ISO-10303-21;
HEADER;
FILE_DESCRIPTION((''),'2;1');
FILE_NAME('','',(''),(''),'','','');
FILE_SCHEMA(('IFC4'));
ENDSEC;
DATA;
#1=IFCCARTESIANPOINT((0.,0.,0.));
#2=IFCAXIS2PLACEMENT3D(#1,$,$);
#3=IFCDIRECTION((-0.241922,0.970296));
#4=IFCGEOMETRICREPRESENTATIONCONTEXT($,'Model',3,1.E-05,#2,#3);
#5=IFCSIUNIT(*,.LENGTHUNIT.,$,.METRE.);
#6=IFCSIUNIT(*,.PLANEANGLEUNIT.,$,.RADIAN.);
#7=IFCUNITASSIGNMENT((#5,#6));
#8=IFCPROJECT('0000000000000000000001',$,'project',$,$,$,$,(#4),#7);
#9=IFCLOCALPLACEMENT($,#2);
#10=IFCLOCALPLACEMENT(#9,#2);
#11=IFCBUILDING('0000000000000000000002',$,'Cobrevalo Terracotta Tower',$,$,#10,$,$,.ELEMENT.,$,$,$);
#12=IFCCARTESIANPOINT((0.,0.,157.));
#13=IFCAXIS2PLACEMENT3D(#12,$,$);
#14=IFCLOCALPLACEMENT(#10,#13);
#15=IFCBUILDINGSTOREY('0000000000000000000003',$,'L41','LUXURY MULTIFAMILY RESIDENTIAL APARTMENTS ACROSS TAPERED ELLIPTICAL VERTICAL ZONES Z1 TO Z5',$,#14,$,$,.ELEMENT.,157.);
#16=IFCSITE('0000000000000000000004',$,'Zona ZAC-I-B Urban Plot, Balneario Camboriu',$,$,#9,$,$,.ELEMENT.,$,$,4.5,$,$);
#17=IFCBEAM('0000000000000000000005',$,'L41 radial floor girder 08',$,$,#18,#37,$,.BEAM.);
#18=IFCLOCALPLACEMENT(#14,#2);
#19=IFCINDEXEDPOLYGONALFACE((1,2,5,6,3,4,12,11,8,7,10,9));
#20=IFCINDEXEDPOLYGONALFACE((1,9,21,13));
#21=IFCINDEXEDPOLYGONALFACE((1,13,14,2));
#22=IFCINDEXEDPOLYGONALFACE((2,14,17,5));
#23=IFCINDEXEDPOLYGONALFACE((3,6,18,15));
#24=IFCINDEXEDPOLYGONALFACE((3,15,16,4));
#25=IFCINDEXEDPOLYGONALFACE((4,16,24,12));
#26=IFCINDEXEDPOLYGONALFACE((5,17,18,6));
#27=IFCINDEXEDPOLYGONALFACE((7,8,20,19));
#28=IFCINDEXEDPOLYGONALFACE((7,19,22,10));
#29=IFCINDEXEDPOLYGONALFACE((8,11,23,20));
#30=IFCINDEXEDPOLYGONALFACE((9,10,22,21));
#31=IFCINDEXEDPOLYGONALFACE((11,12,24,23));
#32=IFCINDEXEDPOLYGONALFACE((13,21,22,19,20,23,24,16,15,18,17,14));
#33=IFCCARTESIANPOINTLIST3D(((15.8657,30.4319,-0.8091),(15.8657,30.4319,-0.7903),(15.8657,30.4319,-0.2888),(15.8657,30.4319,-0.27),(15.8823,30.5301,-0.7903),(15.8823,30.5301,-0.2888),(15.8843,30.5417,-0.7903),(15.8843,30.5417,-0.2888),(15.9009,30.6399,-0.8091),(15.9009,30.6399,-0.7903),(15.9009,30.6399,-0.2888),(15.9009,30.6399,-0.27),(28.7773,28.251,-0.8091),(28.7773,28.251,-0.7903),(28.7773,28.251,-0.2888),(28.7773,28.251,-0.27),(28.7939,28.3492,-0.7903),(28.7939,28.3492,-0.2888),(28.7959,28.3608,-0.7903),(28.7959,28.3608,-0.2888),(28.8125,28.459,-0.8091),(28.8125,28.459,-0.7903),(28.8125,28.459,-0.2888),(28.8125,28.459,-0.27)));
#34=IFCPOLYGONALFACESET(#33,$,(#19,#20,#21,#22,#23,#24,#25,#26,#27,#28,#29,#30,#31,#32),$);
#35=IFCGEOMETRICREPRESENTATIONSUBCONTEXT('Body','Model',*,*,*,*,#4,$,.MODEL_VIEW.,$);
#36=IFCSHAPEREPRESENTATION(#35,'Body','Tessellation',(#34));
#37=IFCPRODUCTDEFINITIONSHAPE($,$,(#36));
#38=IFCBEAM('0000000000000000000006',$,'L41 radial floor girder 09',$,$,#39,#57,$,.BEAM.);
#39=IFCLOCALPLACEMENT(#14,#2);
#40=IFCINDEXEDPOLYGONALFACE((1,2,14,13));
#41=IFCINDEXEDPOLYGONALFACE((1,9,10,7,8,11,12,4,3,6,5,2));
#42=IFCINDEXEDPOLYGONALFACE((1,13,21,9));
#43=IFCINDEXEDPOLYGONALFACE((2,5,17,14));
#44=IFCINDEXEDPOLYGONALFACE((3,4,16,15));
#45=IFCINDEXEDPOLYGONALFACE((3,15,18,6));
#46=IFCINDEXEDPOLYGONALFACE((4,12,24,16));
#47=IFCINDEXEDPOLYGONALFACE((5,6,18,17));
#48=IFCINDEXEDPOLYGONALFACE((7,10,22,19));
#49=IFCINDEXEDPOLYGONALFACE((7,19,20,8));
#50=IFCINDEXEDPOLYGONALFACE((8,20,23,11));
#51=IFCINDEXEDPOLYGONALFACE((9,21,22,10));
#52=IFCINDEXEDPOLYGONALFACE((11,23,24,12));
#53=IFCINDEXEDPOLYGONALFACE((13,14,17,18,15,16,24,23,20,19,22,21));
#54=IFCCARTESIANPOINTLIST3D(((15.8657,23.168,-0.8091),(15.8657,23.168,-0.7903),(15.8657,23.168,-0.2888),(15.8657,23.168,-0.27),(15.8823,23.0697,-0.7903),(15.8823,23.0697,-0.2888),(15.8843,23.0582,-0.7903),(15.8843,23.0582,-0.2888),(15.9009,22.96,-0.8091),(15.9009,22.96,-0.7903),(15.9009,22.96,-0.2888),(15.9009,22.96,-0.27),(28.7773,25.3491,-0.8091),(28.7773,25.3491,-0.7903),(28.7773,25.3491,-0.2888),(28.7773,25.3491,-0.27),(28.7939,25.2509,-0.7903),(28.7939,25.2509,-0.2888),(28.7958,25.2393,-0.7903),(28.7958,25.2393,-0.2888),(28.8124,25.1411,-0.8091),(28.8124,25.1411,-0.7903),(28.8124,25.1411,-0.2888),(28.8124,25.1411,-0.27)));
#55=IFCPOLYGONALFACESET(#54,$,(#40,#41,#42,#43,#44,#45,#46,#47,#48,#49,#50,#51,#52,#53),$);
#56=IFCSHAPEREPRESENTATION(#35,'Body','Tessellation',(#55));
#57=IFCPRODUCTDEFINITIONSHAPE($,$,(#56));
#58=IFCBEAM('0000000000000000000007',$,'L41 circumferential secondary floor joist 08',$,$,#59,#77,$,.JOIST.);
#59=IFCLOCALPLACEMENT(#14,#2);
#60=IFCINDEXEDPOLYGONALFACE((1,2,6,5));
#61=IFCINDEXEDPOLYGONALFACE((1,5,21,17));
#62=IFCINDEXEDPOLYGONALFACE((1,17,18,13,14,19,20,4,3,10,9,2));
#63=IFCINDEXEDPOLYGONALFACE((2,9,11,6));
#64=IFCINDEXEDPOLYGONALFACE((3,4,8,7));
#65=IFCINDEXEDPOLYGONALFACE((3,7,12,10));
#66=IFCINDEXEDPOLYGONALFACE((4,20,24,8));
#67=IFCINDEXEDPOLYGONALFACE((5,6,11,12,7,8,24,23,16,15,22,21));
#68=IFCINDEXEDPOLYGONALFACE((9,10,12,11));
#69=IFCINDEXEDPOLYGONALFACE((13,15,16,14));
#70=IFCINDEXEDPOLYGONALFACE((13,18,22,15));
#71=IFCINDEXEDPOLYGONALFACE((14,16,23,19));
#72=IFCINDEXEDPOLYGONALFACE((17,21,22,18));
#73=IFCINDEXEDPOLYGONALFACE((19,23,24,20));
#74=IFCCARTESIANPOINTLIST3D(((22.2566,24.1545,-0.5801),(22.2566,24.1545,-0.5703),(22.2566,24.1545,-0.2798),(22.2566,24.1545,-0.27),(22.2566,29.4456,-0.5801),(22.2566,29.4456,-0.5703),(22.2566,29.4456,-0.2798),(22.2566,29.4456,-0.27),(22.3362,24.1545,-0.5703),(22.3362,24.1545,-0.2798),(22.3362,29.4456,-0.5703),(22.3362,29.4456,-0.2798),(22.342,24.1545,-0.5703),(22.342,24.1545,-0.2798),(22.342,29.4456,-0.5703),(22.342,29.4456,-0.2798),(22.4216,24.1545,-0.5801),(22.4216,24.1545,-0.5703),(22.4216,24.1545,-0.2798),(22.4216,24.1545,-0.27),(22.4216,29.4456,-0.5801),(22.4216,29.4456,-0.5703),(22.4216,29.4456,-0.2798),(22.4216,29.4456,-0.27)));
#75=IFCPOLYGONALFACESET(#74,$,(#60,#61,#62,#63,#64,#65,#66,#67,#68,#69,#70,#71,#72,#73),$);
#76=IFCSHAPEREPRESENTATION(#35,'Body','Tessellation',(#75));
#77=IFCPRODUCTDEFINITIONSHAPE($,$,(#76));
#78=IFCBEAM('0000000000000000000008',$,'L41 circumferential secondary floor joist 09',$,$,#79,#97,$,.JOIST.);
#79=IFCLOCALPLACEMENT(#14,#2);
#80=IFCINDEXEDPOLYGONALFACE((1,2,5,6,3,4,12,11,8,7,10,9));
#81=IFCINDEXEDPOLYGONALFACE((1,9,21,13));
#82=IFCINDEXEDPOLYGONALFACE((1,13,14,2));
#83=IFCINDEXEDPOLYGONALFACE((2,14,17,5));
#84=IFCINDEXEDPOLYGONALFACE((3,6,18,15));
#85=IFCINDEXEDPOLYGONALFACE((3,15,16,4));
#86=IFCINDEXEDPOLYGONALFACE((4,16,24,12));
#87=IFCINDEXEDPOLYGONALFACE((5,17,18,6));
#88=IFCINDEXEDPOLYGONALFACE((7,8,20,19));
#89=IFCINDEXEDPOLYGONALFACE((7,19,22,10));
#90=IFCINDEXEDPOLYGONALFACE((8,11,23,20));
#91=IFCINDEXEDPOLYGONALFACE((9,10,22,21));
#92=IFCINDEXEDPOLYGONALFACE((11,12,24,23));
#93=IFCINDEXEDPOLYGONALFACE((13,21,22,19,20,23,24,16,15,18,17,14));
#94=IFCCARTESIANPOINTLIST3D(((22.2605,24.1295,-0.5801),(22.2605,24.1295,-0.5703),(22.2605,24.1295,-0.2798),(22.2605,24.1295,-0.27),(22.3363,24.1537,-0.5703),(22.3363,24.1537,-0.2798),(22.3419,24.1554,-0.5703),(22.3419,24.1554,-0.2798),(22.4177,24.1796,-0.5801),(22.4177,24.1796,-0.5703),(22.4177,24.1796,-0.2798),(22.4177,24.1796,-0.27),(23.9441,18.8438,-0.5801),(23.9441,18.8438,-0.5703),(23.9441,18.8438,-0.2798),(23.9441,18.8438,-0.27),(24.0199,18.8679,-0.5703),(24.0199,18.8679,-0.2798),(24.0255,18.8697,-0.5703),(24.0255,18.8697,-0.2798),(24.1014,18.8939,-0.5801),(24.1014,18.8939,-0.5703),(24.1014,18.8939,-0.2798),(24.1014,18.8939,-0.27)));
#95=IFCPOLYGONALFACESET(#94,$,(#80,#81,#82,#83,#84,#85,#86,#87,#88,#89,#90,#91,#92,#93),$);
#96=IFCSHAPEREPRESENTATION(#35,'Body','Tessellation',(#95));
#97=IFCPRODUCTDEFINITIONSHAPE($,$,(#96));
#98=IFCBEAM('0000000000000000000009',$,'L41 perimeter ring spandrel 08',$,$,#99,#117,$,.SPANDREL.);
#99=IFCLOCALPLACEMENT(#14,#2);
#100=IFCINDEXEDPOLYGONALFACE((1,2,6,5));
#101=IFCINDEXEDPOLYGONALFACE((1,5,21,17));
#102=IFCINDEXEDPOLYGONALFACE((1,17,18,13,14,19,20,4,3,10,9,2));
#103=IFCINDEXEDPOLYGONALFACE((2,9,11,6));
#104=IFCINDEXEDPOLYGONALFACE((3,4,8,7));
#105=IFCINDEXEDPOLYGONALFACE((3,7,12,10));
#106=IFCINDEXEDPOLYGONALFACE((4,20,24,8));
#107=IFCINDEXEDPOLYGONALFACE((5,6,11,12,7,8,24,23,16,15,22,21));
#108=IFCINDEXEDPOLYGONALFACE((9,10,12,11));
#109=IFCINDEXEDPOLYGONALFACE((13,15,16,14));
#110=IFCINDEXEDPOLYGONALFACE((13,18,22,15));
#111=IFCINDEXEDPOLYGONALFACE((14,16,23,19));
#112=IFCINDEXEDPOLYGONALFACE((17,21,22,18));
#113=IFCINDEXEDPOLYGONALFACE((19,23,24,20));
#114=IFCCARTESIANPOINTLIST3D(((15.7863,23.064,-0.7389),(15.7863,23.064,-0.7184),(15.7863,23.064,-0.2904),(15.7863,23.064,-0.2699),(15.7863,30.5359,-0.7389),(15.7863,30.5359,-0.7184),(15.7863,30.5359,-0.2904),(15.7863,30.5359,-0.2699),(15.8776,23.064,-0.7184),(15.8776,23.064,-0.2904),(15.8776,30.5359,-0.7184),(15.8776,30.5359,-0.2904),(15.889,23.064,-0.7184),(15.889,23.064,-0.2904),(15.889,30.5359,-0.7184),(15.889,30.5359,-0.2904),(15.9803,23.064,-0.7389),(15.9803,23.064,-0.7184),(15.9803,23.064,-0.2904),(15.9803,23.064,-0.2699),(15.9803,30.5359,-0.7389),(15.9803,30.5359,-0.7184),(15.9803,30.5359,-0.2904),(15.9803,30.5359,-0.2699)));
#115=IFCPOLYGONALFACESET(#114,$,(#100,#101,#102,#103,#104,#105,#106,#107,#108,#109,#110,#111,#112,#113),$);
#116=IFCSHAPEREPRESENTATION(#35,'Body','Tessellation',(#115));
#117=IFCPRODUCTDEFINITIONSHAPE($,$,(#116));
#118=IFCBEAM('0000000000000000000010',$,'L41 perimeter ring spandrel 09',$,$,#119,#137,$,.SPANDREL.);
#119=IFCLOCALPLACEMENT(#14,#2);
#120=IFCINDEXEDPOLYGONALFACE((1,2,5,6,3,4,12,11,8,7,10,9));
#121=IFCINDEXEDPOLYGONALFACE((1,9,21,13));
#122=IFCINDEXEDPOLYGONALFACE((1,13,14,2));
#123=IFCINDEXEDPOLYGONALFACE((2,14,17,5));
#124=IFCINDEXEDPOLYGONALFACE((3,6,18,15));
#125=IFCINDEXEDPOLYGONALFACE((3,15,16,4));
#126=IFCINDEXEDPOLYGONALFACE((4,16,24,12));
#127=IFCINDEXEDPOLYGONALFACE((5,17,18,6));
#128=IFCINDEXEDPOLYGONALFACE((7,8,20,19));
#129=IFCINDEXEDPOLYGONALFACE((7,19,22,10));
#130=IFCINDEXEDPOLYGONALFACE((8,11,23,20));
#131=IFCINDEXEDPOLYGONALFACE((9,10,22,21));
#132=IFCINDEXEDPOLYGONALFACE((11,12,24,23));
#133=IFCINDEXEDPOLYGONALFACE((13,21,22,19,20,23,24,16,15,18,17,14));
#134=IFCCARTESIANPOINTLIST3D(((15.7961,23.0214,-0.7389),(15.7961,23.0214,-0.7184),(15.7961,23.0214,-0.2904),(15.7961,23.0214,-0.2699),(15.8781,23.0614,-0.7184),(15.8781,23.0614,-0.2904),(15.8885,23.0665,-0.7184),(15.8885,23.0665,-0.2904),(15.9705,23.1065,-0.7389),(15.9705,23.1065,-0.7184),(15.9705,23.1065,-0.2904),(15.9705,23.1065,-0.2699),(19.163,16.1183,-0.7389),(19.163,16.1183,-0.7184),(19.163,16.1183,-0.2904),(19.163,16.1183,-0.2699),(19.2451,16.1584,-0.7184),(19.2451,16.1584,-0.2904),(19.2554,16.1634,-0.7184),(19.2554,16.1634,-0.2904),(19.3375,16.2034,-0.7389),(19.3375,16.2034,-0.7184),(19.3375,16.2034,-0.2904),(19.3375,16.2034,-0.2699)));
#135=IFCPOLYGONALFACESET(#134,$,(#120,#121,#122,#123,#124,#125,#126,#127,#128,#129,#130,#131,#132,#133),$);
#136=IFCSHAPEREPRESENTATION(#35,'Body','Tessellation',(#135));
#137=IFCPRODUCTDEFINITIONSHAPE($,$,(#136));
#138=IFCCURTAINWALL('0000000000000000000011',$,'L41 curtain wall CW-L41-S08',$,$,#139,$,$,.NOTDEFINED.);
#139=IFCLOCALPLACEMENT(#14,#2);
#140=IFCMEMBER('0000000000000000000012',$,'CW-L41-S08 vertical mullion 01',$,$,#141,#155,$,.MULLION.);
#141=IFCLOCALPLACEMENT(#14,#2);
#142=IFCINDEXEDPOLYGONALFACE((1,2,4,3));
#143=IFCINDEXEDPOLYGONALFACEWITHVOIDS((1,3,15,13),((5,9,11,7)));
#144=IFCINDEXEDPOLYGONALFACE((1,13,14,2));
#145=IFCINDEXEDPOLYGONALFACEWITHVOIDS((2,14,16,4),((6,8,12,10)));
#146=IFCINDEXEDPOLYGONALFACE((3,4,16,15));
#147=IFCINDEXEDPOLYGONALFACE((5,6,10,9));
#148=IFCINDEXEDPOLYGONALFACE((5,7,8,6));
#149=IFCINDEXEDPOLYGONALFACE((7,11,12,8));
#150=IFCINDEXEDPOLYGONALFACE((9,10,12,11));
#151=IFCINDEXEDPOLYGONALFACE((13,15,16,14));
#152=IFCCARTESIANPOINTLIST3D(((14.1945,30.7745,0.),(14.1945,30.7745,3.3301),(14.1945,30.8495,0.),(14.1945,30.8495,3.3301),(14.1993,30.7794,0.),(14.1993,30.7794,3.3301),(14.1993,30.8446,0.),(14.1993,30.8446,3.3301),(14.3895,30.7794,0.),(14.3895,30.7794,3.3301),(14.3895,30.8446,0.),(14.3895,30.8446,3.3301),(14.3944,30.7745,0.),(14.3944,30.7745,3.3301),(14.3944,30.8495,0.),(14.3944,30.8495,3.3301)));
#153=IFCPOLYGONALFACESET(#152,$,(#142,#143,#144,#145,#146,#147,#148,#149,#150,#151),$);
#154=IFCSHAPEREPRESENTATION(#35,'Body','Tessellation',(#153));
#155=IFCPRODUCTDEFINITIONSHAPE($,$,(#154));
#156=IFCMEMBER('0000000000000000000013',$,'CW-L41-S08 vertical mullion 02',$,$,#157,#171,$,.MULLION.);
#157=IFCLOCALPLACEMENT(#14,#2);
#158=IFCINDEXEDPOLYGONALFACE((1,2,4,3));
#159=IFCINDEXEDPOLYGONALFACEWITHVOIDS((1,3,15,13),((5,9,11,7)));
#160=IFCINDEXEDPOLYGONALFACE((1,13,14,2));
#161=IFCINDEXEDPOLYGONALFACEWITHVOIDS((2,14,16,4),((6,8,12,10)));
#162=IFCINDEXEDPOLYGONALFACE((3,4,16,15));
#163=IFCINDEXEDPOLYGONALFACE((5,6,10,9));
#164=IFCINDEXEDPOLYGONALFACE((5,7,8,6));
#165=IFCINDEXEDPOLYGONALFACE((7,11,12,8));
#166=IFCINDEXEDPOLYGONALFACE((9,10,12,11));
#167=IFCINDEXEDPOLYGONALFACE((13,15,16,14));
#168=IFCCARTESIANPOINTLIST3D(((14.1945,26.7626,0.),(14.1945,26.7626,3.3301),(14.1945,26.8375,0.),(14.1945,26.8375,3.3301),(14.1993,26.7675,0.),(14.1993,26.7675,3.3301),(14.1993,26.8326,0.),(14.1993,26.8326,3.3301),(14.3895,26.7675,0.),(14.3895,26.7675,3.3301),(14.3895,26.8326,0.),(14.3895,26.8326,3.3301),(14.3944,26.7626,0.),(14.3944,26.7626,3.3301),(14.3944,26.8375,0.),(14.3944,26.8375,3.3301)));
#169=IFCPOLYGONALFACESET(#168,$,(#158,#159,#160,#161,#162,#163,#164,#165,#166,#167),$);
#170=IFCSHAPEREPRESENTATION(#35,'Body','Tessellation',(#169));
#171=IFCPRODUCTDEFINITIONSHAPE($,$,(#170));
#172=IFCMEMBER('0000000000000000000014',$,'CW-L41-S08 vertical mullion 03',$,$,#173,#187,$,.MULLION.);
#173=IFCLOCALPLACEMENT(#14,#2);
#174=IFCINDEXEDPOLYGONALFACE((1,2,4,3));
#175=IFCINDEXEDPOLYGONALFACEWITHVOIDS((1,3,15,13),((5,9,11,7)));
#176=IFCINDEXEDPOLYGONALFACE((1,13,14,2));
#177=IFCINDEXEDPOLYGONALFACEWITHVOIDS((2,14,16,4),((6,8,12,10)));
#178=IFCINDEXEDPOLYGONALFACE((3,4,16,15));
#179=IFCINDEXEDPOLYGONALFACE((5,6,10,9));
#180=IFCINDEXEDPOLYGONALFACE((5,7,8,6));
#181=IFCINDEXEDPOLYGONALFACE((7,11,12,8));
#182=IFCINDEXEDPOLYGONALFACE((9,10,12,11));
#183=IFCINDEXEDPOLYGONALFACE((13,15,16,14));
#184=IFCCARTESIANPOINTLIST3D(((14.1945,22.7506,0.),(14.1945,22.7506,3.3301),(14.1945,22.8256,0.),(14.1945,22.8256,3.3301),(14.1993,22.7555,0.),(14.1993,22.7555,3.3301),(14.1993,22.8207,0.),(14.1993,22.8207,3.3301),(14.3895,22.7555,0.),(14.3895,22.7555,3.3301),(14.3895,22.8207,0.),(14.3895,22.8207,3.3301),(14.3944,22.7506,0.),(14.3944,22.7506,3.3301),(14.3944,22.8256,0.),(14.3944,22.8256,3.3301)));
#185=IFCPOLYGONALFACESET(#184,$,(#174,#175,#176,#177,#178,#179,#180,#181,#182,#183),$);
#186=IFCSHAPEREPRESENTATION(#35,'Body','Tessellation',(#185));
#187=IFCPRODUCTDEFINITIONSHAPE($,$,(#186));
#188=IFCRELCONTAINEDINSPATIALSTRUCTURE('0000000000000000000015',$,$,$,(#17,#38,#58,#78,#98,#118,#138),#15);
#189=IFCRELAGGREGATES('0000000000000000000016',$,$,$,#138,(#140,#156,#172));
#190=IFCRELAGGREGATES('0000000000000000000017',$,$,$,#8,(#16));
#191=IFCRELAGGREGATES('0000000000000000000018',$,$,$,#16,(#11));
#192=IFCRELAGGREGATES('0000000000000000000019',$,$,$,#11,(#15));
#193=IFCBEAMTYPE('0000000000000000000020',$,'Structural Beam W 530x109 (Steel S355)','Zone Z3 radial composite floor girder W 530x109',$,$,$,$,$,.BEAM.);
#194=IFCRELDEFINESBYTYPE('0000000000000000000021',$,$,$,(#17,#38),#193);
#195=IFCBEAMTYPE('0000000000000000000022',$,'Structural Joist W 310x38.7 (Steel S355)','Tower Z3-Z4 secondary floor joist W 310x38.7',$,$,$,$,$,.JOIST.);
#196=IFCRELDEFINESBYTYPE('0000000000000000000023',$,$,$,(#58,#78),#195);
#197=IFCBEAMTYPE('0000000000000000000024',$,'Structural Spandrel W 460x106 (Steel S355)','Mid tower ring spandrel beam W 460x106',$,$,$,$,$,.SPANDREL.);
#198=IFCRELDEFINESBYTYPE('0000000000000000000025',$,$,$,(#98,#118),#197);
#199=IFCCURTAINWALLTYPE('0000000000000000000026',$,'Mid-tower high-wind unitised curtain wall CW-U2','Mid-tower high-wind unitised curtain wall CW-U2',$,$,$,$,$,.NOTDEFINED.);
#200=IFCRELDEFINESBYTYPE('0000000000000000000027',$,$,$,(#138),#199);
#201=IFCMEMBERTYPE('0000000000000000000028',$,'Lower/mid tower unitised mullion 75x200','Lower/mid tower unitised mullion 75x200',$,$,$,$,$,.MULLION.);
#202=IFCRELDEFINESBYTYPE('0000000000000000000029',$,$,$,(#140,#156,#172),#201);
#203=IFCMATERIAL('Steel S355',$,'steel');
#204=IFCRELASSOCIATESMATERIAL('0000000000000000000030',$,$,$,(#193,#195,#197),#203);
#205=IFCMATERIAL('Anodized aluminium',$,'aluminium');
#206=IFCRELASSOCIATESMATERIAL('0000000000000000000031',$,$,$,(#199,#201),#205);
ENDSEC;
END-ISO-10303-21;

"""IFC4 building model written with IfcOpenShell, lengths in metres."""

from ifc_helpers import new_model, si_unit, direction, frame, origin, origin_2d, place, context, subcontext, project, spatial, hollow_rectangle, i_section, extrude, source, transform, mapped, material, material_profile, profile_set, type_object, element, aggregate, save


model = new_model("IFC4")

# Units and contexts
model_context = context("Model", 3, precision=1e-05, world=origin(), true_north=direction((-0.241922, 0.970296)))
body_context = subcontext(model_context, "Body", "Model", "MODEL_VIEW")
ifc_project = project(units=[si_unit("LENGTHUNIT", "METRE"), si_unit("PLANEANGLEUNIT", "RADIAN")], contexts=[model_context])

# Site, building, storey
site_placement = place(None, origin())
site = spatial("IfcSite", under=ifc_project, at=site_placement, Name="Zona ZAC-I-B Urban Plot, Balneario Camboriu", CompositionType="ELEMENT", RefElevation=4.5)
building_placement = place(site_placement, origin())
building = spatial("IfcBuilding", under=site, at=building_placement, Name="Cobrevalo Terracotta Tower", CompositionType="ELEMENT")
storey_placement = place(building_placement, frame((0.0, 0.0, 157.0)))
storey = spatial("IfcBuildingStorey", under=building, at=storey_placement, Name="L41", Description="LUXURY MULTIFAMILY RESIDENTIAL APARTMENTS ACROSS TAPERED ELLIPTICAL VERTICAL ZONES Z1 TO Z5", CompositionType="ELEMENT", Elevation=157.0)

# Shared definitions
ifc_material_1 = material(Name="Steel S355", Category="steel")

# Beams
ifc_material_profile_1 = material_profile(ifc_material_1, i_section(OverallWidth=0.2109, OverallDepth=0.5391, WebThickness=0.0117, FlangeThickness=0.0188, at=origin_2d()), Name="W 530x109")
ifc_profile_set_1 = profile_set([ifc_material_profile_1], Name="Steel S355")
beam_type_1 = type_object("IfcBeamType", Name="Structural Beam W 530x109 (Steel S355)", Description="Zone Z3 radial composite floor girder W 530x109", PredefinedType="BEAM", material=ifc_profile_set_1)
for number, where, z_axis, x_axis, name in (
    (1, (15.8833, 30.5359, -0.5396), (0.986033, -0.166551, 0.0), (0.166551, 0.986033, 0.0), "L41 radial floor girder 08"),
    (2, (15.8833, 23.064, -0.5396), (0.98603, 0.166569, 0.0), (-0.166569, 0.98603, 0.0), "L41 radial floor girder 09"),
):
    element("IfcBeam", number, at=place(storey_placement, frame(where, z_axis=z_axis, x_axis=x_axis)), inside=storey, type_object=beam_type_1, Name=name, PredefinedType="BEAM", context=body_context, shape_type="SweptSolid", body=[
        extrude(i_section(OverallWidth=0.2109, OverallDepth=0.5391, WebThickness=0.0117, FlangeThickness=0.0188, at=origin_2d()), origin(), (0.0, 0.0, 1.0), 13.0945),
    ])
ifc_material_profile_2 = material_profile(ifc_material_1, i_section(OverallWidth=0.165, OverallDepth=0.3101, WebThickness=0.0059, FlangeThickness=0.0098, at=origin_2d()), Name="W 310x38.7")
ifc_profile_set_2 = profile_set([ifc_material_profile_2], Name="Steel S355")
beam_type_2 = type_object("IfcBeamType", Name="Structural Joist W 310x38.7 (Steel S355)", Description="Tower Z3-Z4 secondary floor joist W 310x38.7", PredefinedType="JOIST", material=ifc_profile_set_2)
beam_1_placement = place(storey_placement, frame((22.3391, 29.4456, -0.425), z_axis=(0.0, -1.0, 0.0), x_axis=(1.0, 0.0, 0.0)))
element("IfcBeam", 3, at=beam_1_placement, inside=storey, type_object=beam_type_2, Name="L41 circumferential secondary floor joist 08", PredefinedType="JOIST", context=body_context, shape_type="SweptSolid", body=[
    extrude(i_section(OverallWidth=0.165, OverallDepth=0.3101, WebThickness=0.0059, FlangeThickness=0.0098, at=origin_2d()), origin(), (0.0, 0.0, 1.0), 5.291),
])
beam_2_placement = place(storey_placement, frame((22.3391, 24.1545, -0.425), z_axis=(0.303498, -0.952832, 0.0), x_axis=(0.952832, 0.303498, 0.0)))
element("IfcBeam", 4, at=beam_2_placement, inside=storey, type_object=beam_type_2, Name="L41 circumferential secondary floor joist 09", PredefinedType="JOIST", context=body_context, shape_type="SweptSolid", body=[
    extrude(i_section(OverallWidth=0.165, OverallDepth=0.3101, WebThickness=0.0059, FlangeThickness=0.0098, at=origin_2d()), origin(), (0.0, 0.0, 1.0), 5.5474),
])
ifc_material_profile_3 = material_profile(ifc_material_1, i_section(OverallWidth=0.1941, OverallDepth=0.469, WebThickness=0.0115, FlangeThickness=0.0205, at=origin_2d()), Name="W 460x106")
ifc_profile_set_3 = profile_set([ifc_material_profile_3], Name="Steel S355")
beam_type_3 = type_object("IfcBeamType", Name="Structural Spandrel W 460x106 (Steel S355)", Description="Mid tower ring spandrel beam W 460x106", PredefinedType="SPANDREL", material=ifc_profile_set_3)
beam_3_placement = place(storey_placement, frame((15.8833, 30.5359, -0.5044), z_axis=(0.0, -1.0, 0.0), x_axis=(1.0, 0.0, 0.0)))
element("IfcBeam", 5, at=beam_3_placement, inside=storey, type_object=beam_type_3, Name="L41 perimeter ring spandrel 08", PredefinedType="SPANDREL", context=body_context, shape_type="SweptSolid", body=[
    extrude(i_section(OverallWidth=0.1941, OverallDepth=0.469, WebThickness=0.0115, FlangeThickness=0.0205, at=origin_2d()), origin(), (0.0, 0.0, 1.0), 7.4719),
])
beam_4_placement = place(storey_placement, frame((15.8833, 23.064, -0.5044), z_axis=(0.43838, -0.89879, 0.0), x_axis=(0.89879, 0.43838, 0.0)))
element("IfcBeam", 6, at=beam_4_placement, inside=storey, type_object=beam_type_3, Name="L41 perimeter ring spandrel 09", PredefinedType="SPANDREL", context=body_context, shape_type="SweptSolid", body=[
    extrude(i_section(OverallWidth=0.1941, OverallDepth=0.469, WebThickness=0.0115, FlangeThickness=0.0205, at=origin_2d()), origin(), (0.0, 0.0, 1.0), 7.6804),
])

# Curtain wall, members
ifc_material_2 = material(Name="Anodized aluminium", Category="aluminium")
curtain_wall_type = type_object("IfcCurtainWallType", Name="Mid-tower high-wind unitised curtain wall CW-U2", Description="Mid-tower high-wind unitised curtain wall CW-U2", PredefinedType="NOTDEFINED", material=ifc_material_2)
curtain_wall_1_placement = place(storey_placement, origin())
curtain_wall_1 = element("IfcCurtainWall", 7, at=curtain_wall_1_placement, inside=storey, type_object=curtain_wall_type, Name="L41 curtain wall CW-L41-S08", PredefinedType="NOTDEFINED")
ifc_material_profile_4 = material_profile(ifc_material_2, hollow_rectangle(XDim=0.075, YDim=0.2, WallThickness=0.0049, at=origin_2d()), Name="CWM 75x200")
ifc_profile_set_4 = profile_set([ifc_material_profile_4], Name="Anodized aluminium")
member_type_1 = type_object("IfcMemberType", Name="Lower/mid tower unitised mullion 75x200", Description="Lower/mid tower unitised mullion 75x200", PredefinedType="MULLION", material=ifc_profile_set_4)
shared_shape_1 = source(origin(), body_context, "Body", "SweptSolid", [
    extrude(hollow_rectangle(XDim=0.075, YDim=0.2, WallThickness=0.0049, at=origin_2d()), origin(), (0.0, 0.0, 1.0), 3.3301),
])
member_1_placement = place(storey_placement, frame((14.2944, 30.812, 0.0), z_axis=(0.0, 0.0, 1.0), x_axis=(0.0, -1.0, 0.0)))
member_1 = element("IfcMember", 8, at=member_1_placement, type_object=member_type_1, Name="CW-L41-S08 vertical mullion 01", PredefinedType="MULLION", context=body_context, shape_type="MappedRepresentation", body=[
    mapped(shared_shape_1, transform((0.0, 0.0, 0.0), scale=1.0)),
])
member_2_placement = place(storey_placement, frame((14.2944, 26.8, 0.0), z_axis=(0.0, 0.0, 1.0), x_axis=(0.0, -1.0, 0.0)))
member_2 = element("IfcMember", 9, at=member_2_placement, type_object=member_type_1, Name="CW-L41-S08 vertical mullion 02", PredefinedType="MULLION", context=body_context, shape_type="MappedRepresentation", body=[
    mapped(shared_shape_1, transform((0.0, 0.0, 0.0), scale=1.0)),
])
member_3_placement = place(storey_placement, frame((14.2944, 22.7881, 0.0), z_axis=(0.0, 0.0, 1.0), x_axis=(0.0, -1.0, 0.0)))
member_3 = element("IfcMember", 10, at=member_3_placement, type_object=member_type_1, Name="CW-L41-S08 vertical mullion 03", PredefinedType="MULLION", context=body_context, shape_type="MappedRepresentation", body=[
    mapped(shared_shape_1, transform((0.0, 0.0, 0.0), scale=1.0)),
])

aggregate(curtain_wall_1, [member_1, member_2, member_3])

save(model, "model.ifc")
